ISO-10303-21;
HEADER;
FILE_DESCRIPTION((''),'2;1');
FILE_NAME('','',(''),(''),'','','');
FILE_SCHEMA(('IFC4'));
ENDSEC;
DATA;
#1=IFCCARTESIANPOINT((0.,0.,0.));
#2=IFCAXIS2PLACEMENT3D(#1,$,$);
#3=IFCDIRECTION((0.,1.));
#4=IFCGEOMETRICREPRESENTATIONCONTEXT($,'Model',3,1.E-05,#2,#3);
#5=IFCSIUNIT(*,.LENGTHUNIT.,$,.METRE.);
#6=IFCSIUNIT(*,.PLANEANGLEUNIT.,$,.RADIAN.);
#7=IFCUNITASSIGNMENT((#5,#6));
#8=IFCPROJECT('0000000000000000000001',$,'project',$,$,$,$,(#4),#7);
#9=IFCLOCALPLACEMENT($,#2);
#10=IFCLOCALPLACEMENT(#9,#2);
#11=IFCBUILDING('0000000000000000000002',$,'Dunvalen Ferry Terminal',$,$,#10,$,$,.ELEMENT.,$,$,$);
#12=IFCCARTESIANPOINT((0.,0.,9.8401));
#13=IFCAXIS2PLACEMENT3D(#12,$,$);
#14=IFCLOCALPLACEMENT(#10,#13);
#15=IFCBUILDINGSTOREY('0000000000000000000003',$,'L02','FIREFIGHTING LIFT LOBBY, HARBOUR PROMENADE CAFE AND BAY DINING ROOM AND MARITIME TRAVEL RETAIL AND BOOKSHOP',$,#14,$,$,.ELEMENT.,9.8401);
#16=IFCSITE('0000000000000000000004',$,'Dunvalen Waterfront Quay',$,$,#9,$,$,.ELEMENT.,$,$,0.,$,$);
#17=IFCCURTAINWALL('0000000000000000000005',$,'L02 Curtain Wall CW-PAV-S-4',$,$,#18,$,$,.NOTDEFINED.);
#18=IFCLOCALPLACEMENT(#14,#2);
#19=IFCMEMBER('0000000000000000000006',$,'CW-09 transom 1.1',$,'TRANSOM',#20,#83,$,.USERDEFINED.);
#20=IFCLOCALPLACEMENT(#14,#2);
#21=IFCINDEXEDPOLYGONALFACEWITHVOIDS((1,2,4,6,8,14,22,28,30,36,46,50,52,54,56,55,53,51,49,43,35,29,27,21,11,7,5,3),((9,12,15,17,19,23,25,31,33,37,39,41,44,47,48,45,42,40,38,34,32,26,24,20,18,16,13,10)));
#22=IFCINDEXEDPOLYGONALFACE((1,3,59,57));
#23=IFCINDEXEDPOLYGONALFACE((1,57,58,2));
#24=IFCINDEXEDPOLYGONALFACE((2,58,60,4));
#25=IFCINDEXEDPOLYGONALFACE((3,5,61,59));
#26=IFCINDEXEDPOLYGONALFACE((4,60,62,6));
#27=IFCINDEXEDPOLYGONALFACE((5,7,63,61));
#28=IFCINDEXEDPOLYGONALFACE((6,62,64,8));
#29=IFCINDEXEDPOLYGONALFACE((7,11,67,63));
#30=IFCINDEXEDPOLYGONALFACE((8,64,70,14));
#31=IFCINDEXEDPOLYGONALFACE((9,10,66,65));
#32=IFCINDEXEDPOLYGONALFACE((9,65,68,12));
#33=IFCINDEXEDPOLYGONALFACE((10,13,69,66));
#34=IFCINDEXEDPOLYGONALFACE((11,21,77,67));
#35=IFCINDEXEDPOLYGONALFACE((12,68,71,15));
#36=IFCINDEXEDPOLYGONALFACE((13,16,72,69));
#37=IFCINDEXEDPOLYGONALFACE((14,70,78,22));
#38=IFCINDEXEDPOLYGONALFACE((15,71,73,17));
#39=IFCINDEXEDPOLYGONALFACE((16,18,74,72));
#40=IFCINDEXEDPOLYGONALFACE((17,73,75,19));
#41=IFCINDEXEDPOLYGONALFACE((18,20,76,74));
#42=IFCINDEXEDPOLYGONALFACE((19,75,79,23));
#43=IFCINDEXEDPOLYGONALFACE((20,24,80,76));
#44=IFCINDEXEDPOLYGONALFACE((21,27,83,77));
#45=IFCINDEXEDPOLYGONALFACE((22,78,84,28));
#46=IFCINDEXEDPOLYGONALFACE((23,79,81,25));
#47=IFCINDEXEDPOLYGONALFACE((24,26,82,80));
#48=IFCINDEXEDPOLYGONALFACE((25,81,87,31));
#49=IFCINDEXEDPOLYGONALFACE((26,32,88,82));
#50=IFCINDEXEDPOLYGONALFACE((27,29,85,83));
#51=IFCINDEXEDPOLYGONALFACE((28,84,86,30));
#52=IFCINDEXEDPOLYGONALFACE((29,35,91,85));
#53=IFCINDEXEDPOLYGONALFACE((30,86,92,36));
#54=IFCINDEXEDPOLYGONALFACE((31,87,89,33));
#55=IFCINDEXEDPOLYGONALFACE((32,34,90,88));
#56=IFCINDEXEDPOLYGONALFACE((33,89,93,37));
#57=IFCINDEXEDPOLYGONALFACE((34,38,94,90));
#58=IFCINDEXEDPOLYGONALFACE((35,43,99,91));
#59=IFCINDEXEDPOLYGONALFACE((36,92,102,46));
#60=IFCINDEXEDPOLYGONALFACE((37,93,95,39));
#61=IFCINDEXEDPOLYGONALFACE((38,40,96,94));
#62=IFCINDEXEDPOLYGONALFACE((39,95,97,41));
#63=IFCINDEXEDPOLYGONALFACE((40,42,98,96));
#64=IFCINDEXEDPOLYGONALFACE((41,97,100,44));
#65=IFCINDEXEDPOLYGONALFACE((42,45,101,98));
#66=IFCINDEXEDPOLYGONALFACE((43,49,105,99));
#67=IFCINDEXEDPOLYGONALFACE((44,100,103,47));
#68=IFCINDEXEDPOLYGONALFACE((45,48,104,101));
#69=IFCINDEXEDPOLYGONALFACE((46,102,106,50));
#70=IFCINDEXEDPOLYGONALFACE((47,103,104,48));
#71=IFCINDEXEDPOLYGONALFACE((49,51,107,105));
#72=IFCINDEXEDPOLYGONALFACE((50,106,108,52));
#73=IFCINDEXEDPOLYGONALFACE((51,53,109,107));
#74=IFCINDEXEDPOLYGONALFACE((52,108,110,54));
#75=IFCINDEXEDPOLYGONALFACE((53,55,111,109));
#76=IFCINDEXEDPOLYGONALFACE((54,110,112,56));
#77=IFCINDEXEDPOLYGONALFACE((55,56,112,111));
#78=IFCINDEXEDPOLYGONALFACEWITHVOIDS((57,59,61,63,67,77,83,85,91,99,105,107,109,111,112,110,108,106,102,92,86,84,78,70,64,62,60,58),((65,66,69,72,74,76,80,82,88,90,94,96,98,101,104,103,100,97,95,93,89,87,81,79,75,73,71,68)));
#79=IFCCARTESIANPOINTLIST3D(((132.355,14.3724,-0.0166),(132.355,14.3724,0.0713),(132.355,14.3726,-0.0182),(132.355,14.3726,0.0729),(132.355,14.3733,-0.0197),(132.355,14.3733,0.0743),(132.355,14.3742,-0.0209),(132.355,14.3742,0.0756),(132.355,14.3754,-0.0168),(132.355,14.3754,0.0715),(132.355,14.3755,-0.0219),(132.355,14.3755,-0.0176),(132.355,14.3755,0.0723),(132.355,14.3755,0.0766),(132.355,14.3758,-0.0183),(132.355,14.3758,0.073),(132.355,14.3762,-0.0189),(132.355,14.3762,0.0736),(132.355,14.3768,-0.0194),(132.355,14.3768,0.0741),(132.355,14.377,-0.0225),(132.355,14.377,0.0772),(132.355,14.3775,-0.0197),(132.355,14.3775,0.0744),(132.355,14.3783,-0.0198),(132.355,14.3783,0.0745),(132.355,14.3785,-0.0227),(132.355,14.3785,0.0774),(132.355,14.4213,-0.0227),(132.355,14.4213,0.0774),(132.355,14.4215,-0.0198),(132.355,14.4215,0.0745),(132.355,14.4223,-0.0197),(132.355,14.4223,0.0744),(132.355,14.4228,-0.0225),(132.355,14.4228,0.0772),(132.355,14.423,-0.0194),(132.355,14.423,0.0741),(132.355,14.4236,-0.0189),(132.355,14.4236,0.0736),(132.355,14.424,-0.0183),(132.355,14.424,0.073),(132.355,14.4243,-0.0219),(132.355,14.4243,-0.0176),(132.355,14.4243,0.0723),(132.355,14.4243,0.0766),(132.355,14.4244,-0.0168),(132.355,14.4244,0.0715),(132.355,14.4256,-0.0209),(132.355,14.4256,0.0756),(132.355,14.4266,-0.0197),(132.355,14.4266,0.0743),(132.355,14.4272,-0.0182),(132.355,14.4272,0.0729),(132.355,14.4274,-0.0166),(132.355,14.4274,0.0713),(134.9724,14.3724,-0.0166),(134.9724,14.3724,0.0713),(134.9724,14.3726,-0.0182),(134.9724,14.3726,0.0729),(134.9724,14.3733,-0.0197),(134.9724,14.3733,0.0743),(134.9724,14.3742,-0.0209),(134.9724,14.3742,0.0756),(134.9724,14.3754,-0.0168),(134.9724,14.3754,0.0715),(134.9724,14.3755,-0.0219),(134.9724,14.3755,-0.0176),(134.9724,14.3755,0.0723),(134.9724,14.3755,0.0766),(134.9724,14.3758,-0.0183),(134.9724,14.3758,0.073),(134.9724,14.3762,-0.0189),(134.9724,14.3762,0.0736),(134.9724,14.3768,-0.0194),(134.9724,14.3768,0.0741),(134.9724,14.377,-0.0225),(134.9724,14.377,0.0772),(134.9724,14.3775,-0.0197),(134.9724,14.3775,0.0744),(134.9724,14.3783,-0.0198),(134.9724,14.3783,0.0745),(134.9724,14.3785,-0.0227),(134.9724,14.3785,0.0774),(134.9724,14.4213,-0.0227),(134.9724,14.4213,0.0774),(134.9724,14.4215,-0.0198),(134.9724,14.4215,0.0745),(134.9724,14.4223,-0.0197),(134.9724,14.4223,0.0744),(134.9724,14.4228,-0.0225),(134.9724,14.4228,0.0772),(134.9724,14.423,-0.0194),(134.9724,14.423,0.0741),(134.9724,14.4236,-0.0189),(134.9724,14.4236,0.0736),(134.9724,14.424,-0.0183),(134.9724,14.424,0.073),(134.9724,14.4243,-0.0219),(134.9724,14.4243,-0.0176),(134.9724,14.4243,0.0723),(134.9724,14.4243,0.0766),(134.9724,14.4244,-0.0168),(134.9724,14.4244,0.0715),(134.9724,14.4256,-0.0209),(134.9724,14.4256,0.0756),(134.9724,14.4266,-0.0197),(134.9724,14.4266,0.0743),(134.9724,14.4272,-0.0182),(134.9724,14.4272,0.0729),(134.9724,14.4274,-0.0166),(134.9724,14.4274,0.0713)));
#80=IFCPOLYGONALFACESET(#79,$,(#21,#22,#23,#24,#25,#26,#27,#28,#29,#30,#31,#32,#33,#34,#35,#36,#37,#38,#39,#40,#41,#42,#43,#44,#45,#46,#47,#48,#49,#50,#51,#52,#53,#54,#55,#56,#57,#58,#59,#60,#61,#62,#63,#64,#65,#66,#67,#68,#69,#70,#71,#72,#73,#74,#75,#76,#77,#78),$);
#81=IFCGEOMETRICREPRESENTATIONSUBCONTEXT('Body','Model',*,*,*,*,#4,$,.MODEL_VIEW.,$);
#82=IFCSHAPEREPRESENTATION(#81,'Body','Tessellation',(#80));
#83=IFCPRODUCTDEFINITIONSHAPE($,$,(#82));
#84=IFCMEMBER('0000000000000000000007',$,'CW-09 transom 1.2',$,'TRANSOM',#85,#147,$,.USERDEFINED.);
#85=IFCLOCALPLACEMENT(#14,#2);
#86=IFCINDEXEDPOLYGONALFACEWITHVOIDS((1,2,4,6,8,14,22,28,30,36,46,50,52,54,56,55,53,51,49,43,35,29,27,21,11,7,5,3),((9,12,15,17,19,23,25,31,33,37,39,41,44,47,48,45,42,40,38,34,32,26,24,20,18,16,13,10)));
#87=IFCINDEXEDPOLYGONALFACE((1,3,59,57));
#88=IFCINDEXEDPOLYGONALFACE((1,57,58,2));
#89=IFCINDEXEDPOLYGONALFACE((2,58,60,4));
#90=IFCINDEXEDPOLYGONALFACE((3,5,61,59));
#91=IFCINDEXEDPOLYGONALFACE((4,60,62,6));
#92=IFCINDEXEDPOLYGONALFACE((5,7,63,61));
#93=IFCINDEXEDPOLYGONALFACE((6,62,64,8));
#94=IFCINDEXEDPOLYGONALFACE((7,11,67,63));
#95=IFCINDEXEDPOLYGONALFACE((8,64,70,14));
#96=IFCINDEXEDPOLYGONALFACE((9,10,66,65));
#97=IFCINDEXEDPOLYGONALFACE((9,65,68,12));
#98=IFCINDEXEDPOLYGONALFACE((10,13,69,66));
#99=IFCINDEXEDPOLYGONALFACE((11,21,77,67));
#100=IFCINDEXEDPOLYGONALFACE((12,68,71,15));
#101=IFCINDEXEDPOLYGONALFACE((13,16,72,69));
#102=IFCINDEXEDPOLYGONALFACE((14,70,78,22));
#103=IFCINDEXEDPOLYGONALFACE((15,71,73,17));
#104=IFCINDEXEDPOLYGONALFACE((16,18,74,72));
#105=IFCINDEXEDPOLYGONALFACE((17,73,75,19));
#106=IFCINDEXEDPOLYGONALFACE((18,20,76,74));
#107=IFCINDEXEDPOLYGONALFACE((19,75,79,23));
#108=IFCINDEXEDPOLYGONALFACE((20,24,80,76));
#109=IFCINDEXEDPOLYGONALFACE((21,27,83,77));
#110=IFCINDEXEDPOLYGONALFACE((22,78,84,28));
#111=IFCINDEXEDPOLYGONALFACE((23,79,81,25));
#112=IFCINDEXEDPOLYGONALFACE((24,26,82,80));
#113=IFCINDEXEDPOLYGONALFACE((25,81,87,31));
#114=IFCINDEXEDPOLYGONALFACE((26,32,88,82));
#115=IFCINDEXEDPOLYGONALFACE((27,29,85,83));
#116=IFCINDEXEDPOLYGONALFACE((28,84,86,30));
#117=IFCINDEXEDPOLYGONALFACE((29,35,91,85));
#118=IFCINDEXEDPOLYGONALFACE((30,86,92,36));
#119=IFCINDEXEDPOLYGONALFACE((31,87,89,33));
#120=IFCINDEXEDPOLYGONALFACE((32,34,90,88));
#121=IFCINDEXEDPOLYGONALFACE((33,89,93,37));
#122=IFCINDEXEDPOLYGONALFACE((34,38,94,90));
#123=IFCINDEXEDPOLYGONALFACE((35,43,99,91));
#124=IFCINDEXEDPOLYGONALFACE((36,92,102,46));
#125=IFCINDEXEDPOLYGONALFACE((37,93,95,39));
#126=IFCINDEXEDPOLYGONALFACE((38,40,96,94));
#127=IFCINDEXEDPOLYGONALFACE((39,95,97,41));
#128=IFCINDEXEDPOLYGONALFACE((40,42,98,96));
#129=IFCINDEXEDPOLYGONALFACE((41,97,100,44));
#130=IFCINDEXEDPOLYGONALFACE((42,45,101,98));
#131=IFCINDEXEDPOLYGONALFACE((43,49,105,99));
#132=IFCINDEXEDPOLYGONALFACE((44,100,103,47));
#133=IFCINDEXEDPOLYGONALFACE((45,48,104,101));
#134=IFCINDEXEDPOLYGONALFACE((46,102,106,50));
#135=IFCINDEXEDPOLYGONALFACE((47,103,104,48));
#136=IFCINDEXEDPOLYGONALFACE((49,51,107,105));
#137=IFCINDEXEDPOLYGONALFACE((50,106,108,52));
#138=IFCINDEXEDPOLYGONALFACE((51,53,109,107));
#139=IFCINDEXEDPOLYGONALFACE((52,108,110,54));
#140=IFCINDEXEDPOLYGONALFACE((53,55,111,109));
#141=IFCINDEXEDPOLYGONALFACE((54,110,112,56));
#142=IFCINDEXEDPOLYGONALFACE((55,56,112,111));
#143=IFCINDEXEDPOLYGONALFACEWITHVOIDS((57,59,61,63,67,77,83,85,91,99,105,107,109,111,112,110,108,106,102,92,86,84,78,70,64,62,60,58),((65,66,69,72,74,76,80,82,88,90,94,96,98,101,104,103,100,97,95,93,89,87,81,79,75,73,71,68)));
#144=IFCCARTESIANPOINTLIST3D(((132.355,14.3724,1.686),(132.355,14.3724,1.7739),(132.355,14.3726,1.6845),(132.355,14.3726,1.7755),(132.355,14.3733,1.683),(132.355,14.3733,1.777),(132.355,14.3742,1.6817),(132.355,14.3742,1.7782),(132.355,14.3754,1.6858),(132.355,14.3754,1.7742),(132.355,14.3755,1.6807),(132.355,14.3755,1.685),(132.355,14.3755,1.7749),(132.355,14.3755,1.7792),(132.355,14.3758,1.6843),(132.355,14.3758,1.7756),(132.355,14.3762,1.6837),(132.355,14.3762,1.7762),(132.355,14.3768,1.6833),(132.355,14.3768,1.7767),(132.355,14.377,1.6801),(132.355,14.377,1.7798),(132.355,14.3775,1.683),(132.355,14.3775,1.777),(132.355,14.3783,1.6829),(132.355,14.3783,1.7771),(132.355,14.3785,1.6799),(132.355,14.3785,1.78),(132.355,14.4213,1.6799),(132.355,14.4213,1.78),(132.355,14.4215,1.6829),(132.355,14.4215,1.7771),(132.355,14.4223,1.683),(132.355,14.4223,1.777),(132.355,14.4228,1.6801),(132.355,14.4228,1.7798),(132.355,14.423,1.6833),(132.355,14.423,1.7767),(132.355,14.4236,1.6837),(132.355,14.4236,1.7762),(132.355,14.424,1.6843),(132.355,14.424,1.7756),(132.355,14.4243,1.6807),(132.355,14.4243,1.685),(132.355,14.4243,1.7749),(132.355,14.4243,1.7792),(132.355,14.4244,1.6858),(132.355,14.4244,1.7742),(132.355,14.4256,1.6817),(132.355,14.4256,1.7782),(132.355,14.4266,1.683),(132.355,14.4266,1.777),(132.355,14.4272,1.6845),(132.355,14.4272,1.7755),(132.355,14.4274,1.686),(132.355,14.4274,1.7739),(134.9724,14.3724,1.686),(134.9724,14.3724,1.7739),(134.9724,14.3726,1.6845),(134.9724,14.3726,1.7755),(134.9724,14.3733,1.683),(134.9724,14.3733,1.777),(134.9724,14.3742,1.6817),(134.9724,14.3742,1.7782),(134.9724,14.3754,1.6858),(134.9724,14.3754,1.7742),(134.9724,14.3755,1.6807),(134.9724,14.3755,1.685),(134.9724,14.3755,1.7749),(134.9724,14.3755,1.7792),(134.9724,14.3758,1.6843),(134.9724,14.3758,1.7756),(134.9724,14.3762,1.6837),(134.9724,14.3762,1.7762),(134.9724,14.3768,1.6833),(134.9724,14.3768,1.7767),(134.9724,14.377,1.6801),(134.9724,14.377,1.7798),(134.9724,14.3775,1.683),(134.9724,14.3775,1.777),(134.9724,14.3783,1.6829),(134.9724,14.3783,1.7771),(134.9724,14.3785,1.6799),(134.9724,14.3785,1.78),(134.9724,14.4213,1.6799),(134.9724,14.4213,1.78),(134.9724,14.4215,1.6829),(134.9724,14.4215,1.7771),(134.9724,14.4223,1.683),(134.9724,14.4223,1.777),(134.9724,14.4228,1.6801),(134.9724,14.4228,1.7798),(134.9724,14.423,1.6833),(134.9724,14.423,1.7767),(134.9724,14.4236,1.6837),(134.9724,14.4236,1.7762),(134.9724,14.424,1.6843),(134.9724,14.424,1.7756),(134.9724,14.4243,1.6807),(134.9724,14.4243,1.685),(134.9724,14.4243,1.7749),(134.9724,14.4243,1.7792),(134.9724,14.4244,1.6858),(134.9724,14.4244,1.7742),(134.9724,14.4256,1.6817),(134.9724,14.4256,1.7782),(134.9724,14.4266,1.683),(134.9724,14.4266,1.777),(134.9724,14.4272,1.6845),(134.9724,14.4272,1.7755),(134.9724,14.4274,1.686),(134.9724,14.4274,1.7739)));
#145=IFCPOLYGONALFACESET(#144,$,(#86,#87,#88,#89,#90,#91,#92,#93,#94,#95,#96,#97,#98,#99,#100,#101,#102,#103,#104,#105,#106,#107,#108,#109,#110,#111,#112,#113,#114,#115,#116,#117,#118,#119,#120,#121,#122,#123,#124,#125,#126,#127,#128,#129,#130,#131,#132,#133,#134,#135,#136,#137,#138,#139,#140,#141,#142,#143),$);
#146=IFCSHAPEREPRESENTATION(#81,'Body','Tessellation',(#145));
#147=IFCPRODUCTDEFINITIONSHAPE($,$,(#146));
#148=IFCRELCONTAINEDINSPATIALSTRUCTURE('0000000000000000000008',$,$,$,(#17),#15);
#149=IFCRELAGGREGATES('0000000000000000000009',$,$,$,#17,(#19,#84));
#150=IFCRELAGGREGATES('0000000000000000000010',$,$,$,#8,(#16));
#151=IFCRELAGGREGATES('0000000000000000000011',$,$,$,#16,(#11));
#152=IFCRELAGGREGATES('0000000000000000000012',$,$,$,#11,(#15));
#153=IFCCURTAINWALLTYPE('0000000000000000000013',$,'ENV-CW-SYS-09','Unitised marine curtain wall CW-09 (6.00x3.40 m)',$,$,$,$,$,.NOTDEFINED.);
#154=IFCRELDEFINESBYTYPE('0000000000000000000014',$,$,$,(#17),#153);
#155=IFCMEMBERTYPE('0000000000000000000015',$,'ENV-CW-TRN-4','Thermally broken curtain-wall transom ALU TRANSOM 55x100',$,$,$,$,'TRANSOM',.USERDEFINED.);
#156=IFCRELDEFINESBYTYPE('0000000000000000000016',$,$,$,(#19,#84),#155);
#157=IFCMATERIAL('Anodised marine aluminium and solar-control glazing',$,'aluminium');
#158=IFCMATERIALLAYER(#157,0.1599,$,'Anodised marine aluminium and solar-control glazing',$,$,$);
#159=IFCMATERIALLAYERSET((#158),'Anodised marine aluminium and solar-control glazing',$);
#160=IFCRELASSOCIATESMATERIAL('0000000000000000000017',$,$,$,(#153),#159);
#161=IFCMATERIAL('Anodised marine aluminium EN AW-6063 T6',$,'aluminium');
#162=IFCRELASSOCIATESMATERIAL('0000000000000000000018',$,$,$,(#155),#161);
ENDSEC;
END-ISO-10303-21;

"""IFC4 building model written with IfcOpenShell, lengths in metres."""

from ifc_helpers import new_model, si_unit, direction, frame, origin, origin_2d, place, context, subcontext, project, spatial, hollow_rectangle, extrude, material, layer, layer_set, material_profile, profile_set, type_object, element, aggregate, save


model = new_model("IFC4")

# Units and contexts
model_context = context("Model", 3, precision=1e-05, world=origin(), true_north=direction((0.0, 1.0)))
body_context = subcontext(model_context, "Body", "Model", "MODEL_VIEW")
ifc_project = project(units=[si_unit("LENGTHUNIT", "METRE"), si_unit("PLANEANGLEUNIT", "RADIAN")], contexts=[model_context])

# Site, building, storey
site_placement = place(None, origin())
site = spatial("IfcSite", under=ifc_project, at=site_placement, Name="Dunvalen Waterfront Quay", CompositionType="ELEMENT", RefElevation=0.0)
building_placement = place(site_placement, origin())
building = spatial("IfcBuilding", under=site, at=building_placement, Name="Dunvalen Ferry Terminal", CompositionType="ELEMENT")
storey_placement = place(building_placement, frame((0.0, 0.0, 9.8401)))
storey = spatial("IfcBuildingStorey", under=building, at=storey_placement, Name="L02", Description="FIREFIGHTING LIFT LOBBY, HARBOUR PROMENADE CAFE AND BAY DINING ROOM AND MARITIME TRAVEL RETAIL AND BOOKSHOP", CompositionType="ELEMENT", Elevation=9.8401)

# Curtain wall, members
ifc_material_1 = material(Name="Anodised marine aluminium and solar-control glazing", Category="aluminium")
ifc_layer_1 = layer(ifc_material_1, 0.1599, Name="Anodised marine aluminium and solar-control glazing")
ifc_layer_set_1 = layer_set([ifc_layer_1], Name="Anodised marine aluminium and solar-control glazing")
curtain_wall_type = type_object("IfcCurtainWallType", Name="ENV-CW-SYS-09", Description="Unitised marine curtain wall CW-09 (6.00x3.40 m)", PredefinedType="NOTDEFINED", material=ifc_layer_set_1)
curtain_wall_placement = place(storey_placement, origin())
curtain_wall = element("IfcCurtainWall", 1, at=curtain_wall_placement, inside=storey, type_object=curtain_wall_type, Name="L02 Curtain Wall CW-PAV-S-4", PredefinedType="NOTDEFINED")
ifc_material_2 = material(Name="Anodised marine aluminium EN AW-6063 T6", Category="aluminium")
ifc_material_profile_1 = material_profile(ifc_material_2, hollow_rectangle(XDim=0.0549, YDim=0.1001, WallThickness=0.0029, InnerFilletRadius=0.0029, OuterFilletRadius=0.0061, at=origin_2d()), Name="Anodised marine aluminium EN AW-6063 T6")
ifc_profile_set_1 = profile_set([ifc_material_profile_1], Name="Anodised marine aluminium EN AW-6063 T6")
member_type_1 = type_object("IfcMemberType", Name="ENV-CW-TRN-4", Description="Thermally broken curtain-wall transom ALU TRANSOM 55x100", ElementType="TRANSOM", PredefinedType="USERDEFINED", material=ifc_profile_set_1)
member_1_placement = place(storey_placement, frame((132.355, 14.3999, 0.0273), z_axis=(1.0, 0.0, 0.0), x_axis=(0.0, 1.0, 0.0)))
member_1 = element("IfcMember", 2, at=member_1_placement, type_object=member_type_1, Name="CW-09 transom 1.1", ObjectType="TRANSOM", PredefinedType="USERDEFINED", context=body_context, shape_type="SweptSolid", body=[
    extrude(hollow_rectangle(XDim=0.0549, YDim=0.1001, WallThickness=0.0029, InnerFilletRadius=0.0029, OuterFilletRadius=0.0061, at=origin_2d()), origin(), (0.0, 0.0, 1.0), 2.6174),
])
member_2_placement = place(storey_placement, frame((132.355, 14.3999, 1.73), z_axis=(1.0, 0.0, 0.0), x_axis=(0.0, 1.0, 0.0)))
member_2 = element("IfcMember", 3, at=member_2_placement, type_object=member_type_1, Name="CW-09 transom 1.2", ObjectType="TRANSOM", PredefinedType="USERDEFINED", context=body_context, shape_type="SweptSolid", body=[
    extrude(hollow_rectangle(XDim=0.0549, YDim=0.1001, WallThickness=0.0029, InnerFilletRadius=0.0029, OuterFilletRadius=0.0061, at=origin_2d()), origin(), (0.0, 0.0, 1.0), 2.6174),
])

aggregate(curtain_wall, [member_1, member_2])

save(model, "model.ifc")
